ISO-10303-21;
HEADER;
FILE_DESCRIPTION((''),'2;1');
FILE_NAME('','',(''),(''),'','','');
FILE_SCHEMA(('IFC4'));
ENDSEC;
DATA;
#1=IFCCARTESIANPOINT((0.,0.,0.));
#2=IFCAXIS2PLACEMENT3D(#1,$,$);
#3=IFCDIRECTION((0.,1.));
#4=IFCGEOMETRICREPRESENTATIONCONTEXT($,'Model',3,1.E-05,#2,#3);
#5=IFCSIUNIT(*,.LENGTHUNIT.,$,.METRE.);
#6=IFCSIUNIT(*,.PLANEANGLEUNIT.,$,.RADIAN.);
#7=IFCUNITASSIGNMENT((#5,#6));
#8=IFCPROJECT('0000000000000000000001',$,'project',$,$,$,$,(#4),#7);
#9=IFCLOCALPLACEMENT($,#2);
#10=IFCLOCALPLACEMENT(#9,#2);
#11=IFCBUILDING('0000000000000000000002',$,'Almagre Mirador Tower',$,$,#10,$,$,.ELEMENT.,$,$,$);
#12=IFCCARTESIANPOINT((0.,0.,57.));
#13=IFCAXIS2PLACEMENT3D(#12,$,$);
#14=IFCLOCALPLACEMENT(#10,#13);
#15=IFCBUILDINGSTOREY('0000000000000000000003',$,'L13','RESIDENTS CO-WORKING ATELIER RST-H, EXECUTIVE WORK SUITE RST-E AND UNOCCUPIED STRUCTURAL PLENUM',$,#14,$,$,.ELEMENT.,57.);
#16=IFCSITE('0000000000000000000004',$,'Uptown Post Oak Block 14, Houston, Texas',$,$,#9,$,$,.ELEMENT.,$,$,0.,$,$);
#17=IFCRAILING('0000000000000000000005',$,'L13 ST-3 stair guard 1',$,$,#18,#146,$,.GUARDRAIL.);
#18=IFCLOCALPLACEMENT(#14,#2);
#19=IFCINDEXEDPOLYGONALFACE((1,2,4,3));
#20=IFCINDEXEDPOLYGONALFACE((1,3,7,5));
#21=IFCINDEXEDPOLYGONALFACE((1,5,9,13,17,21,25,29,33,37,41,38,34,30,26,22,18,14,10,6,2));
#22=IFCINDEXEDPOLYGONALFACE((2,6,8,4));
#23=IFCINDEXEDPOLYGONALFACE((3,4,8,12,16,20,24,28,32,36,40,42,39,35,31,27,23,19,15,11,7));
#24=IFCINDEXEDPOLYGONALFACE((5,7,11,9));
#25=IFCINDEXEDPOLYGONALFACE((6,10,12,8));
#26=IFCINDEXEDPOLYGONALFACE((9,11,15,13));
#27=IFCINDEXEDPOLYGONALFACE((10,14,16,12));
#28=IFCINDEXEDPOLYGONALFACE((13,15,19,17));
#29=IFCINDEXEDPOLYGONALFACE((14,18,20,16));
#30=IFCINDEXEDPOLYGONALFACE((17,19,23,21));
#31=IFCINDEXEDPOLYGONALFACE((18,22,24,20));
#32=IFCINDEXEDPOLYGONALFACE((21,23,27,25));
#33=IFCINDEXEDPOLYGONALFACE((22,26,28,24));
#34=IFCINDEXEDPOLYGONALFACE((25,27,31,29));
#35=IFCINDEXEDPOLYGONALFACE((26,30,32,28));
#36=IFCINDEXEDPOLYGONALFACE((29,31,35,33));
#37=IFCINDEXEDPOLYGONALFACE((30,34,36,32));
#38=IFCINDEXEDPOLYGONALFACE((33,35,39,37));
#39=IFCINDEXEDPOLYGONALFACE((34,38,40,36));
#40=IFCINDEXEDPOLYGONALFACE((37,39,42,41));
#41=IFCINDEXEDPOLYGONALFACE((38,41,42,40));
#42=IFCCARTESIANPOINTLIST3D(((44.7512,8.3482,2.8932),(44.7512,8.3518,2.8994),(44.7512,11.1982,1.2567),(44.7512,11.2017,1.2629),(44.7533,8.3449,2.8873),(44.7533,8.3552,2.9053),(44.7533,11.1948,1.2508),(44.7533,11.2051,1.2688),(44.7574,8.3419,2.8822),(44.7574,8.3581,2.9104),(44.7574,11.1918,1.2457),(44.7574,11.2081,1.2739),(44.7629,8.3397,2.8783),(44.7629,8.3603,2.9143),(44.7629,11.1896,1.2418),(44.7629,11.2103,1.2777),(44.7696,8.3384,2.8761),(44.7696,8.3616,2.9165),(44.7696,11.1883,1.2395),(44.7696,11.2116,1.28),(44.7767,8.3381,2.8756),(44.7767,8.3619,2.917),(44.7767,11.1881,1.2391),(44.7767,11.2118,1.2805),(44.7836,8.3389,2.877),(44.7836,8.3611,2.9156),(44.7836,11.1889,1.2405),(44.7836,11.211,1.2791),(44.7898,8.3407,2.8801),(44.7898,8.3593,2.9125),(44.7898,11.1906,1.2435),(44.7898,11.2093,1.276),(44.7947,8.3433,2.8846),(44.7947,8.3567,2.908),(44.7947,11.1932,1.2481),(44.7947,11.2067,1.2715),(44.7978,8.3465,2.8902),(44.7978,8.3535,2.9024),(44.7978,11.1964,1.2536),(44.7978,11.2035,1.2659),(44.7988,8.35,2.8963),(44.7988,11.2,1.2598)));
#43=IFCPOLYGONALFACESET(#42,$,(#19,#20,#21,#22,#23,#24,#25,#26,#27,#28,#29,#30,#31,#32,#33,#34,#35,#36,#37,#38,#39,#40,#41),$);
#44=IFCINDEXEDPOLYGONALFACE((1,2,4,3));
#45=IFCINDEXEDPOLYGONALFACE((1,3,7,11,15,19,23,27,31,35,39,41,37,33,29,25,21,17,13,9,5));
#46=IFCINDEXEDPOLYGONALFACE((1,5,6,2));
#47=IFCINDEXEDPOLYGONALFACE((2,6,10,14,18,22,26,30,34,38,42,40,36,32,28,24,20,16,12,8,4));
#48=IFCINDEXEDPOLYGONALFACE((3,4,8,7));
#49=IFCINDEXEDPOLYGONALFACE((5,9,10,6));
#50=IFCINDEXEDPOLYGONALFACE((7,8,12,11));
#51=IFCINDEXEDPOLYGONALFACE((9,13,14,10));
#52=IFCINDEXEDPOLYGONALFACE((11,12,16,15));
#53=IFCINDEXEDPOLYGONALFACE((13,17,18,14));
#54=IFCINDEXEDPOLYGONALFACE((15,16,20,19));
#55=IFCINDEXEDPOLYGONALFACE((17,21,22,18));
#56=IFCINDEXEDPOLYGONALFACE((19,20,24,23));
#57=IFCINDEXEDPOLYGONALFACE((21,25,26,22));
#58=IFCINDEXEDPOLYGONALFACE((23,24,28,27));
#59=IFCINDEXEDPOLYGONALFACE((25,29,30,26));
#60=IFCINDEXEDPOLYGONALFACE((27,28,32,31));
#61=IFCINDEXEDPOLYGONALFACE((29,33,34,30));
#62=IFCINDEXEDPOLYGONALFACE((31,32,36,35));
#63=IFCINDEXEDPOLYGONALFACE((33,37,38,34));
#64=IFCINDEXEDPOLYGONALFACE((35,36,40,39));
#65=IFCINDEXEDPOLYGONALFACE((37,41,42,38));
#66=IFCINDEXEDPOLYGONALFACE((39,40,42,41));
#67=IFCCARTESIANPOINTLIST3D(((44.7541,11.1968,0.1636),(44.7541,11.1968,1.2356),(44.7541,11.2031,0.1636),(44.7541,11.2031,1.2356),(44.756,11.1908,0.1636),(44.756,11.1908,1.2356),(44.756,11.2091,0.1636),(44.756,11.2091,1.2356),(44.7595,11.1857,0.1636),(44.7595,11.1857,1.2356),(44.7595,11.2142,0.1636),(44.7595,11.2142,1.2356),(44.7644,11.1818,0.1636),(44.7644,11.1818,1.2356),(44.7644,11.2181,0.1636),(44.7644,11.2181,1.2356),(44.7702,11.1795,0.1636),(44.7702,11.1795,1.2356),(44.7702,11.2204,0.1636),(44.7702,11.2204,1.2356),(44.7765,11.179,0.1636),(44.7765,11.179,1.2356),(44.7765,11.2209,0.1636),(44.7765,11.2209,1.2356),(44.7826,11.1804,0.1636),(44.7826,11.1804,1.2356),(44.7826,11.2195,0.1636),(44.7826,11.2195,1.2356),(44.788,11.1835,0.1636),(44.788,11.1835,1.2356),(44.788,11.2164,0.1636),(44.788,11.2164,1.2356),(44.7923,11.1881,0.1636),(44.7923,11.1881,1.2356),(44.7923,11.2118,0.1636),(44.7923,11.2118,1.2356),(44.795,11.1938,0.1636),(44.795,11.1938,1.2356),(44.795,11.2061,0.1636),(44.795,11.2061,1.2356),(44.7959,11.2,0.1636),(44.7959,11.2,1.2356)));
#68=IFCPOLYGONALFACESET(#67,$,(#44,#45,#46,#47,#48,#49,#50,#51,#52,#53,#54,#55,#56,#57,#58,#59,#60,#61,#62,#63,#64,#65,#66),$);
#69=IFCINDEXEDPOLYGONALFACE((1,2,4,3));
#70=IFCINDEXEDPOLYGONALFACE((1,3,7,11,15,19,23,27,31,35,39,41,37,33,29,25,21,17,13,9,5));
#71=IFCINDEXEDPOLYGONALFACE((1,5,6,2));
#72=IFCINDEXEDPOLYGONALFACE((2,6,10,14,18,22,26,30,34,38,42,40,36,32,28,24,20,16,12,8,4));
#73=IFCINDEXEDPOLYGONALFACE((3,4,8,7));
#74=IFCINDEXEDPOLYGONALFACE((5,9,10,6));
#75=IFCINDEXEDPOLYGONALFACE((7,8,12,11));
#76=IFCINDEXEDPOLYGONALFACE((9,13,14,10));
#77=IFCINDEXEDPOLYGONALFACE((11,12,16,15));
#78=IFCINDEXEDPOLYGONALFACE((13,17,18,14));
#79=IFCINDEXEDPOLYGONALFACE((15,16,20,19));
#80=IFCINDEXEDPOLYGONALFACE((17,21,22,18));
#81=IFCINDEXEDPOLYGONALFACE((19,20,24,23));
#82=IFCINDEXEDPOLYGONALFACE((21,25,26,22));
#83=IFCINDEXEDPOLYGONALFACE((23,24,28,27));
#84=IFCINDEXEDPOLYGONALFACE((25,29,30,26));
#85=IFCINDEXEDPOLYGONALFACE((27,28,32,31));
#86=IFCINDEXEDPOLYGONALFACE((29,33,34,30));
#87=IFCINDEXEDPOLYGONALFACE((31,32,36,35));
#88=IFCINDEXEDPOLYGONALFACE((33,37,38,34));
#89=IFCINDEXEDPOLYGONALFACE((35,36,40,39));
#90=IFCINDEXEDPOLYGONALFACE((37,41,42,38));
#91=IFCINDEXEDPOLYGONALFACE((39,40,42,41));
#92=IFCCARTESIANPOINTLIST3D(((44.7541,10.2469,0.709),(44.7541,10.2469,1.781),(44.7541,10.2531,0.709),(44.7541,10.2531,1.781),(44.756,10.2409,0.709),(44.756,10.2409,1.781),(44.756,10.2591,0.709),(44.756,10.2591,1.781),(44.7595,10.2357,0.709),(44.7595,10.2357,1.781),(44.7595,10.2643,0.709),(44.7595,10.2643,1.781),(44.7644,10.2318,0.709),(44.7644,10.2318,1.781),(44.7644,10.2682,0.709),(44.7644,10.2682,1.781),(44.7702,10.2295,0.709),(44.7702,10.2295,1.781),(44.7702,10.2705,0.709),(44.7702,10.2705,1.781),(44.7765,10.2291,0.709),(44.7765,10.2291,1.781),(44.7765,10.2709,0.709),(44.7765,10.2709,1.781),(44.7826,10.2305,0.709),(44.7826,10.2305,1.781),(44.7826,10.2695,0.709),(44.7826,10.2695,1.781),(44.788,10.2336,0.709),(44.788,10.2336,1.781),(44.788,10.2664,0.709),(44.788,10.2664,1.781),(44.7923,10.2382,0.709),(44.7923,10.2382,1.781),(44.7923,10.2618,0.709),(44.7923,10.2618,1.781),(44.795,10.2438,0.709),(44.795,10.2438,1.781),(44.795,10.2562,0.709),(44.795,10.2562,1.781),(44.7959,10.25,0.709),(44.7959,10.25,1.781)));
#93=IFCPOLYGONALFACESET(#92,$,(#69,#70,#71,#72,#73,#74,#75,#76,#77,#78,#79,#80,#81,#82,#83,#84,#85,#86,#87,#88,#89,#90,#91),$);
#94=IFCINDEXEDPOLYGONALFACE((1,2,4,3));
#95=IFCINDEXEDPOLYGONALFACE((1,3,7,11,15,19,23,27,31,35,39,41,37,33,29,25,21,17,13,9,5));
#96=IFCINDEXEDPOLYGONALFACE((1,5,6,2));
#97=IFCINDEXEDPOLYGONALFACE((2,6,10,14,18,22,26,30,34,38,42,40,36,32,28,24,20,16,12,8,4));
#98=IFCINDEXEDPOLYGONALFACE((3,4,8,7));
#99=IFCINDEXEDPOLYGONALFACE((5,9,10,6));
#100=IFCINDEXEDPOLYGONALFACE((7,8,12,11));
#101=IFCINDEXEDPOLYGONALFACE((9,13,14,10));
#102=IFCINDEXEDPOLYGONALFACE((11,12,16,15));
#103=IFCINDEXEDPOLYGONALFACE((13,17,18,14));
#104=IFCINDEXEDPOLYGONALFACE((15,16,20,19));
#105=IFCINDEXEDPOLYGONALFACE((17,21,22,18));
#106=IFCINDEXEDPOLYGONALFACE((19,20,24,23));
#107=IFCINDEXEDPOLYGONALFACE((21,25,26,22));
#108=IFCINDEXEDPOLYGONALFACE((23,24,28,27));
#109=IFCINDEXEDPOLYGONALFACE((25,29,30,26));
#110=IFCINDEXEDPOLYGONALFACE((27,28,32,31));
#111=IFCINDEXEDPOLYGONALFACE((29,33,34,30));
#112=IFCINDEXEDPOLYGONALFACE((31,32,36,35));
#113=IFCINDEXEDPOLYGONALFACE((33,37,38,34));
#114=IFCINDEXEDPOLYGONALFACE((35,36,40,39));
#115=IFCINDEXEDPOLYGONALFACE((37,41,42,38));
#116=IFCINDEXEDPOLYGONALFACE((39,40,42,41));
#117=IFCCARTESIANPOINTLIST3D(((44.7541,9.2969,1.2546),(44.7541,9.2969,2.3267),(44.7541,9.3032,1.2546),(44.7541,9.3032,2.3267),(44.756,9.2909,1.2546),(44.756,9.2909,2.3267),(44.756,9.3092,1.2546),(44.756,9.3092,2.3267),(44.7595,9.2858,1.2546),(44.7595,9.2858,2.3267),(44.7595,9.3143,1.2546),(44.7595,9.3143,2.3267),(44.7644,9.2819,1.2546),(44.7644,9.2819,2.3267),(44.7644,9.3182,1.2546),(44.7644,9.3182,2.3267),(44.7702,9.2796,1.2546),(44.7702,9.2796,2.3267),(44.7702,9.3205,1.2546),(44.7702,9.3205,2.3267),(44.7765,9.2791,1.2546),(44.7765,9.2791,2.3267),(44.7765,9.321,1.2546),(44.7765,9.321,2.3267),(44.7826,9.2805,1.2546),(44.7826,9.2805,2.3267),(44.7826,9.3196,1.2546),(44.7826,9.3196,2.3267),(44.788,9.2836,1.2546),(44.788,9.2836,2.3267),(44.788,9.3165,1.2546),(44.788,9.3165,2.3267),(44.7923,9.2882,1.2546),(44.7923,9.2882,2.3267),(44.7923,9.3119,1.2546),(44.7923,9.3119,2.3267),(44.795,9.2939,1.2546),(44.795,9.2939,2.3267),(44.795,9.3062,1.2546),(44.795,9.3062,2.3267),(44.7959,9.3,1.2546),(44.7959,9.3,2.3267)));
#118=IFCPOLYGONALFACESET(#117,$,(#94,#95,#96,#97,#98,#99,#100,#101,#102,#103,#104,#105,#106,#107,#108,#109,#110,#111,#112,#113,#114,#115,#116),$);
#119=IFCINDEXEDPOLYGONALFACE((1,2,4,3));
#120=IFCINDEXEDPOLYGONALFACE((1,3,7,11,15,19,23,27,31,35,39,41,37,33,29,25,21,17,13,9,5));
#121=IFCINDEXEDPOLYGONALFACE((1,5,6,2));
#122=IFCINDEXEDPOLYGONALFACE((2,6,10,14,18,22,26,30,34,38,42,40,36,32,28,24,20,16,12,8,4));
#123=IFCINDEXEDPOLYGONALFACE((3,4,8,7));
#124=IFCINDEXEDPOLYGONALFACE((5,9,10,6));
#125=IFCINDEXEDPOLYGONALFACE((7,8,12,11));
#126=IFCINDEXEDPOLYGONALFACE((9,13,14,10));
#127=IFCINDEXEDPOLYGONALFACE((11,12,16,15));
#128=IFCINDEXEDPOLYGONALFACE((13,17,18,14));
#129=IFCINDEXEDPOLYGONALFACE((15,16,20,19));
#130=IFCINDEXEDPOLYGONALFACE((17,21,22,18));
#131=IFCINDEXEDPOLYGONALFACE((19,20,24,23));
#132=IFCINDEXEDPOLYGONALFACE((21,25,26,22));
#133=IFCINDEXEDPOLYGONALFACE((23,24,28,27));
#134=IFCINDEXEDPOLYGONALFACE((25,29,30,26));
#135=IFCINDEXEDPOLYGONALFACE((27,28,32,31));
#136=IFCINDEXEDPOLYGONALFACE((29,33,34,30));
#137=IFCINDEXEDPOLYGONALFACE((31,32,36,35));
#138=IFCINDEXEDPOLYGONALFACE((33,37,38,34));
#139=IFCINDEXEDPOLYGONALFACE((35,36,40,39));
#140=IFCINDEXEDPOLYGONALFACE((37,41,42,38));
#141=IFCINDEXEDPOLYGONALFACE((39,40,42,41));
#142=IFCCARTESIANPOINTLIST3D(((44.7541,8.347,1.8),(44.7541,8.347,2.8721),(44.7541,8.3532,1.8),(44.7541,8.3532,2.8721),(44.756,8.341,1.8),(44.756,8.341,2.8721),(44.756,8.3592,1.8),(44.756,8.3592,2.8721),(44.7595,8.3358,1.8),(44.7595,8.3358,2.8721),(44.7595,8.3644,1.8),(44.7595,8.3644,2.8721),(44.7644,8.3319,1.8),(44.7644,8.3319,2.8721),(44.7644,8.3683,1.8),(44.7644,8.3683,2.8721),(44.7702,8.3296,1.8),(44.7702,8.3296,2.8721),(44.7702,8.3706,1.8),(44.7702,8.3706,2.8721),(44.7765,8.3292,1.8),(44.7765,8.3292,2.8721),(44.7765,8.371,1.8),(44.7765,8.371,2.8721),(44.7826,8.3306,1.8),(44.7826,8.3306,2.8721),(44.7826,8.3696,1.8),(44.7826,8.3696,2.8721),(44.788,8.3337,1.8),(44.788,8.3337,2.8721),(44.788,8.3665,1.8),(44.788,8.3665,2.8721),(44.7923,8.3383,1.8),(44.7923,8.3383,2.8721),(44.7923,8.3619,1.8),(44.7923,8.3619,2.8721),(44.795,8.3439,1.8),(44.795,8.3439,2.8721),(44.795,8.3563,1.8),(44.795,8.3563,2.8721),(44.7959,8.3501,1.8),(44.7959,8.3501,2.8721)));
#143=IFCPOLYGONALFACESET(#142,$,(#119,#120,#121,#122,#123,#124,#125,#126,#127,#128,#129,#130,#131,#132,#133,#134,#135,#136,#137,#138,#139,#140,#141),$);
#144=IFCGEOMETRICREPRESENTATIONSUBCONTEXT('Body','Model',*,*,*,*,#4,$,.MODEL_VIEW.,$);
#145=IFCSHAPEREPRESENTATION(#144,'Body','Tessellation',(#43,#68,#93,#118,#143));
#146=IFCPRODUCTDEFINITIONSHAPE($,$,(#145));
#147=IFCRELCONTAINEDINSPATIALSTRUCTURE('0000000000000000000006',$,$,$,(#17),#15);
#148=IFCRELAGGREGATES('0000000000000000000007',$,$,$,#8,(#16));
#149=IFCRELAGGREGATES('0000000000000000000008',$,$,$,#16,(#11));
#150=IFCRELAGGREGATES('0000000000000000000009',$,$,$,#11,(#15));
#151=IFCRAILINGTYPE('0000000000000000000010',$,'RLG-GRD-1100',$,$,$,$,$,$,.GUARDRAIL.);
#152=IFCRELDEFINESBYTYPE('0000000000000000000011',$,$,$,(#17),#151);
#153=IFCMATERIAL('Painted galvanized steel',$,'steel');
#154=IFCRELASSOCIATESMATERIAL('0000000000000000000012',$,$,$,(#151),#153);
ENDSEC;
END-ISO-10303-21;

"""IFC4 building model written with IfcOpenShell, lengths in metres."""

from ifc_helpers import new_model, si_unit, direction, frame, origin, origin_2d, place, context, subcontext, project, spatial, circle, extrude, material, type_object, element, save


model = new_model("IFC4")

# Units and contexts
model_context = context("Model", 3, precision=1e-05, world=origin(), true_north=direction((0.0, 1.0)))
body_context = subcontext(model_context, "Body", "Model", "MODEL_VIEW")
ifc_project = project(units=[si_unit("LENGTHUNIT", "METRE"), si_unit("PLANEANGLEUNIT", "RADIAN")], contexts=[model_context])

# Site, building, storey
site_placement = place(None, origin())
site = spatial("IfcSite", under=ifc_project, at=site_placement, Name="Uptown Post Oak Block 14, Houston, Texas", CompositionType="ELEMENT", RefElevation=0.0)
building_placement = place(site_placement, origin())
building = spatial("IfcBuilding", under=site, at=building_placement, Name="Almagre Mirador Tower", CompositionType="ELEMENT")
storey_placement = place(building_placement, frame((0.0, 0.0, 57.0)))
storey = spatial("IfcBuildingStorey", under=building, at=storey_placement, Name="L13", Description="RESIDENTS CO-WORKING ATELIER RST-H, EXECUTIVE WORK SUITE RST-E AND UNOCCUPIED STRUCTURAL PLENUM", CompositionType="ELEMENT", Elevation=57.0)

# Railing
ifc_material_1 = material(Name="Painted galvanized steel", Category="steel")
railing_type_1 = type_object("IfcRailingType", Name="RLG-GRD-1100", PredefinedType="GUARDRAIL", material=ifc_material_1)
railing_1_placement = place(storey_placement, frame((44.7749, 11.2, 0.1636)))
element("IfcRailing", 1, at=railing_1_placement, inside=storey, type_object=railing_type_1, Name="L13 ST-3 stair guard 1", PredefinedType="GUARDRAIL", context=body_context, shape_type="SweptSolid", body=[
    extrude(circle(Radius=0.0239, at=origin_2d()), frame((0.0, 0.0, 1.0962), z_axis=(0.0, -0.867194, 0.49797), x_axis=(1.0, 0.0, 0.0)), (0.0, 0.0, 1.0), 3.2864),
    extrude(circle(Radius=0.021, at=origin_2d()), origin(), (0.0, 0.0, 1.0), 1.072),
    extrude(circle(Radius=0.021, at=origin_2d()), frame((0.0, -0.95, 0.5454)), (0.0, 0.0, 1.0), 1.072),
    extrude(circle(Radius=0.021, at=origin_2d()), frame((0.0, -1.8999, 1.0911)), (0.0, 0.0, 1.0), 1.072),
    extrude(circle(Radius=0.021, at=origin_2d()), frame((0.0, -2.8499, 1.6365)), (0.0, 0.0, 1.0), 1.072),
])

save(model, "model.ifc")
